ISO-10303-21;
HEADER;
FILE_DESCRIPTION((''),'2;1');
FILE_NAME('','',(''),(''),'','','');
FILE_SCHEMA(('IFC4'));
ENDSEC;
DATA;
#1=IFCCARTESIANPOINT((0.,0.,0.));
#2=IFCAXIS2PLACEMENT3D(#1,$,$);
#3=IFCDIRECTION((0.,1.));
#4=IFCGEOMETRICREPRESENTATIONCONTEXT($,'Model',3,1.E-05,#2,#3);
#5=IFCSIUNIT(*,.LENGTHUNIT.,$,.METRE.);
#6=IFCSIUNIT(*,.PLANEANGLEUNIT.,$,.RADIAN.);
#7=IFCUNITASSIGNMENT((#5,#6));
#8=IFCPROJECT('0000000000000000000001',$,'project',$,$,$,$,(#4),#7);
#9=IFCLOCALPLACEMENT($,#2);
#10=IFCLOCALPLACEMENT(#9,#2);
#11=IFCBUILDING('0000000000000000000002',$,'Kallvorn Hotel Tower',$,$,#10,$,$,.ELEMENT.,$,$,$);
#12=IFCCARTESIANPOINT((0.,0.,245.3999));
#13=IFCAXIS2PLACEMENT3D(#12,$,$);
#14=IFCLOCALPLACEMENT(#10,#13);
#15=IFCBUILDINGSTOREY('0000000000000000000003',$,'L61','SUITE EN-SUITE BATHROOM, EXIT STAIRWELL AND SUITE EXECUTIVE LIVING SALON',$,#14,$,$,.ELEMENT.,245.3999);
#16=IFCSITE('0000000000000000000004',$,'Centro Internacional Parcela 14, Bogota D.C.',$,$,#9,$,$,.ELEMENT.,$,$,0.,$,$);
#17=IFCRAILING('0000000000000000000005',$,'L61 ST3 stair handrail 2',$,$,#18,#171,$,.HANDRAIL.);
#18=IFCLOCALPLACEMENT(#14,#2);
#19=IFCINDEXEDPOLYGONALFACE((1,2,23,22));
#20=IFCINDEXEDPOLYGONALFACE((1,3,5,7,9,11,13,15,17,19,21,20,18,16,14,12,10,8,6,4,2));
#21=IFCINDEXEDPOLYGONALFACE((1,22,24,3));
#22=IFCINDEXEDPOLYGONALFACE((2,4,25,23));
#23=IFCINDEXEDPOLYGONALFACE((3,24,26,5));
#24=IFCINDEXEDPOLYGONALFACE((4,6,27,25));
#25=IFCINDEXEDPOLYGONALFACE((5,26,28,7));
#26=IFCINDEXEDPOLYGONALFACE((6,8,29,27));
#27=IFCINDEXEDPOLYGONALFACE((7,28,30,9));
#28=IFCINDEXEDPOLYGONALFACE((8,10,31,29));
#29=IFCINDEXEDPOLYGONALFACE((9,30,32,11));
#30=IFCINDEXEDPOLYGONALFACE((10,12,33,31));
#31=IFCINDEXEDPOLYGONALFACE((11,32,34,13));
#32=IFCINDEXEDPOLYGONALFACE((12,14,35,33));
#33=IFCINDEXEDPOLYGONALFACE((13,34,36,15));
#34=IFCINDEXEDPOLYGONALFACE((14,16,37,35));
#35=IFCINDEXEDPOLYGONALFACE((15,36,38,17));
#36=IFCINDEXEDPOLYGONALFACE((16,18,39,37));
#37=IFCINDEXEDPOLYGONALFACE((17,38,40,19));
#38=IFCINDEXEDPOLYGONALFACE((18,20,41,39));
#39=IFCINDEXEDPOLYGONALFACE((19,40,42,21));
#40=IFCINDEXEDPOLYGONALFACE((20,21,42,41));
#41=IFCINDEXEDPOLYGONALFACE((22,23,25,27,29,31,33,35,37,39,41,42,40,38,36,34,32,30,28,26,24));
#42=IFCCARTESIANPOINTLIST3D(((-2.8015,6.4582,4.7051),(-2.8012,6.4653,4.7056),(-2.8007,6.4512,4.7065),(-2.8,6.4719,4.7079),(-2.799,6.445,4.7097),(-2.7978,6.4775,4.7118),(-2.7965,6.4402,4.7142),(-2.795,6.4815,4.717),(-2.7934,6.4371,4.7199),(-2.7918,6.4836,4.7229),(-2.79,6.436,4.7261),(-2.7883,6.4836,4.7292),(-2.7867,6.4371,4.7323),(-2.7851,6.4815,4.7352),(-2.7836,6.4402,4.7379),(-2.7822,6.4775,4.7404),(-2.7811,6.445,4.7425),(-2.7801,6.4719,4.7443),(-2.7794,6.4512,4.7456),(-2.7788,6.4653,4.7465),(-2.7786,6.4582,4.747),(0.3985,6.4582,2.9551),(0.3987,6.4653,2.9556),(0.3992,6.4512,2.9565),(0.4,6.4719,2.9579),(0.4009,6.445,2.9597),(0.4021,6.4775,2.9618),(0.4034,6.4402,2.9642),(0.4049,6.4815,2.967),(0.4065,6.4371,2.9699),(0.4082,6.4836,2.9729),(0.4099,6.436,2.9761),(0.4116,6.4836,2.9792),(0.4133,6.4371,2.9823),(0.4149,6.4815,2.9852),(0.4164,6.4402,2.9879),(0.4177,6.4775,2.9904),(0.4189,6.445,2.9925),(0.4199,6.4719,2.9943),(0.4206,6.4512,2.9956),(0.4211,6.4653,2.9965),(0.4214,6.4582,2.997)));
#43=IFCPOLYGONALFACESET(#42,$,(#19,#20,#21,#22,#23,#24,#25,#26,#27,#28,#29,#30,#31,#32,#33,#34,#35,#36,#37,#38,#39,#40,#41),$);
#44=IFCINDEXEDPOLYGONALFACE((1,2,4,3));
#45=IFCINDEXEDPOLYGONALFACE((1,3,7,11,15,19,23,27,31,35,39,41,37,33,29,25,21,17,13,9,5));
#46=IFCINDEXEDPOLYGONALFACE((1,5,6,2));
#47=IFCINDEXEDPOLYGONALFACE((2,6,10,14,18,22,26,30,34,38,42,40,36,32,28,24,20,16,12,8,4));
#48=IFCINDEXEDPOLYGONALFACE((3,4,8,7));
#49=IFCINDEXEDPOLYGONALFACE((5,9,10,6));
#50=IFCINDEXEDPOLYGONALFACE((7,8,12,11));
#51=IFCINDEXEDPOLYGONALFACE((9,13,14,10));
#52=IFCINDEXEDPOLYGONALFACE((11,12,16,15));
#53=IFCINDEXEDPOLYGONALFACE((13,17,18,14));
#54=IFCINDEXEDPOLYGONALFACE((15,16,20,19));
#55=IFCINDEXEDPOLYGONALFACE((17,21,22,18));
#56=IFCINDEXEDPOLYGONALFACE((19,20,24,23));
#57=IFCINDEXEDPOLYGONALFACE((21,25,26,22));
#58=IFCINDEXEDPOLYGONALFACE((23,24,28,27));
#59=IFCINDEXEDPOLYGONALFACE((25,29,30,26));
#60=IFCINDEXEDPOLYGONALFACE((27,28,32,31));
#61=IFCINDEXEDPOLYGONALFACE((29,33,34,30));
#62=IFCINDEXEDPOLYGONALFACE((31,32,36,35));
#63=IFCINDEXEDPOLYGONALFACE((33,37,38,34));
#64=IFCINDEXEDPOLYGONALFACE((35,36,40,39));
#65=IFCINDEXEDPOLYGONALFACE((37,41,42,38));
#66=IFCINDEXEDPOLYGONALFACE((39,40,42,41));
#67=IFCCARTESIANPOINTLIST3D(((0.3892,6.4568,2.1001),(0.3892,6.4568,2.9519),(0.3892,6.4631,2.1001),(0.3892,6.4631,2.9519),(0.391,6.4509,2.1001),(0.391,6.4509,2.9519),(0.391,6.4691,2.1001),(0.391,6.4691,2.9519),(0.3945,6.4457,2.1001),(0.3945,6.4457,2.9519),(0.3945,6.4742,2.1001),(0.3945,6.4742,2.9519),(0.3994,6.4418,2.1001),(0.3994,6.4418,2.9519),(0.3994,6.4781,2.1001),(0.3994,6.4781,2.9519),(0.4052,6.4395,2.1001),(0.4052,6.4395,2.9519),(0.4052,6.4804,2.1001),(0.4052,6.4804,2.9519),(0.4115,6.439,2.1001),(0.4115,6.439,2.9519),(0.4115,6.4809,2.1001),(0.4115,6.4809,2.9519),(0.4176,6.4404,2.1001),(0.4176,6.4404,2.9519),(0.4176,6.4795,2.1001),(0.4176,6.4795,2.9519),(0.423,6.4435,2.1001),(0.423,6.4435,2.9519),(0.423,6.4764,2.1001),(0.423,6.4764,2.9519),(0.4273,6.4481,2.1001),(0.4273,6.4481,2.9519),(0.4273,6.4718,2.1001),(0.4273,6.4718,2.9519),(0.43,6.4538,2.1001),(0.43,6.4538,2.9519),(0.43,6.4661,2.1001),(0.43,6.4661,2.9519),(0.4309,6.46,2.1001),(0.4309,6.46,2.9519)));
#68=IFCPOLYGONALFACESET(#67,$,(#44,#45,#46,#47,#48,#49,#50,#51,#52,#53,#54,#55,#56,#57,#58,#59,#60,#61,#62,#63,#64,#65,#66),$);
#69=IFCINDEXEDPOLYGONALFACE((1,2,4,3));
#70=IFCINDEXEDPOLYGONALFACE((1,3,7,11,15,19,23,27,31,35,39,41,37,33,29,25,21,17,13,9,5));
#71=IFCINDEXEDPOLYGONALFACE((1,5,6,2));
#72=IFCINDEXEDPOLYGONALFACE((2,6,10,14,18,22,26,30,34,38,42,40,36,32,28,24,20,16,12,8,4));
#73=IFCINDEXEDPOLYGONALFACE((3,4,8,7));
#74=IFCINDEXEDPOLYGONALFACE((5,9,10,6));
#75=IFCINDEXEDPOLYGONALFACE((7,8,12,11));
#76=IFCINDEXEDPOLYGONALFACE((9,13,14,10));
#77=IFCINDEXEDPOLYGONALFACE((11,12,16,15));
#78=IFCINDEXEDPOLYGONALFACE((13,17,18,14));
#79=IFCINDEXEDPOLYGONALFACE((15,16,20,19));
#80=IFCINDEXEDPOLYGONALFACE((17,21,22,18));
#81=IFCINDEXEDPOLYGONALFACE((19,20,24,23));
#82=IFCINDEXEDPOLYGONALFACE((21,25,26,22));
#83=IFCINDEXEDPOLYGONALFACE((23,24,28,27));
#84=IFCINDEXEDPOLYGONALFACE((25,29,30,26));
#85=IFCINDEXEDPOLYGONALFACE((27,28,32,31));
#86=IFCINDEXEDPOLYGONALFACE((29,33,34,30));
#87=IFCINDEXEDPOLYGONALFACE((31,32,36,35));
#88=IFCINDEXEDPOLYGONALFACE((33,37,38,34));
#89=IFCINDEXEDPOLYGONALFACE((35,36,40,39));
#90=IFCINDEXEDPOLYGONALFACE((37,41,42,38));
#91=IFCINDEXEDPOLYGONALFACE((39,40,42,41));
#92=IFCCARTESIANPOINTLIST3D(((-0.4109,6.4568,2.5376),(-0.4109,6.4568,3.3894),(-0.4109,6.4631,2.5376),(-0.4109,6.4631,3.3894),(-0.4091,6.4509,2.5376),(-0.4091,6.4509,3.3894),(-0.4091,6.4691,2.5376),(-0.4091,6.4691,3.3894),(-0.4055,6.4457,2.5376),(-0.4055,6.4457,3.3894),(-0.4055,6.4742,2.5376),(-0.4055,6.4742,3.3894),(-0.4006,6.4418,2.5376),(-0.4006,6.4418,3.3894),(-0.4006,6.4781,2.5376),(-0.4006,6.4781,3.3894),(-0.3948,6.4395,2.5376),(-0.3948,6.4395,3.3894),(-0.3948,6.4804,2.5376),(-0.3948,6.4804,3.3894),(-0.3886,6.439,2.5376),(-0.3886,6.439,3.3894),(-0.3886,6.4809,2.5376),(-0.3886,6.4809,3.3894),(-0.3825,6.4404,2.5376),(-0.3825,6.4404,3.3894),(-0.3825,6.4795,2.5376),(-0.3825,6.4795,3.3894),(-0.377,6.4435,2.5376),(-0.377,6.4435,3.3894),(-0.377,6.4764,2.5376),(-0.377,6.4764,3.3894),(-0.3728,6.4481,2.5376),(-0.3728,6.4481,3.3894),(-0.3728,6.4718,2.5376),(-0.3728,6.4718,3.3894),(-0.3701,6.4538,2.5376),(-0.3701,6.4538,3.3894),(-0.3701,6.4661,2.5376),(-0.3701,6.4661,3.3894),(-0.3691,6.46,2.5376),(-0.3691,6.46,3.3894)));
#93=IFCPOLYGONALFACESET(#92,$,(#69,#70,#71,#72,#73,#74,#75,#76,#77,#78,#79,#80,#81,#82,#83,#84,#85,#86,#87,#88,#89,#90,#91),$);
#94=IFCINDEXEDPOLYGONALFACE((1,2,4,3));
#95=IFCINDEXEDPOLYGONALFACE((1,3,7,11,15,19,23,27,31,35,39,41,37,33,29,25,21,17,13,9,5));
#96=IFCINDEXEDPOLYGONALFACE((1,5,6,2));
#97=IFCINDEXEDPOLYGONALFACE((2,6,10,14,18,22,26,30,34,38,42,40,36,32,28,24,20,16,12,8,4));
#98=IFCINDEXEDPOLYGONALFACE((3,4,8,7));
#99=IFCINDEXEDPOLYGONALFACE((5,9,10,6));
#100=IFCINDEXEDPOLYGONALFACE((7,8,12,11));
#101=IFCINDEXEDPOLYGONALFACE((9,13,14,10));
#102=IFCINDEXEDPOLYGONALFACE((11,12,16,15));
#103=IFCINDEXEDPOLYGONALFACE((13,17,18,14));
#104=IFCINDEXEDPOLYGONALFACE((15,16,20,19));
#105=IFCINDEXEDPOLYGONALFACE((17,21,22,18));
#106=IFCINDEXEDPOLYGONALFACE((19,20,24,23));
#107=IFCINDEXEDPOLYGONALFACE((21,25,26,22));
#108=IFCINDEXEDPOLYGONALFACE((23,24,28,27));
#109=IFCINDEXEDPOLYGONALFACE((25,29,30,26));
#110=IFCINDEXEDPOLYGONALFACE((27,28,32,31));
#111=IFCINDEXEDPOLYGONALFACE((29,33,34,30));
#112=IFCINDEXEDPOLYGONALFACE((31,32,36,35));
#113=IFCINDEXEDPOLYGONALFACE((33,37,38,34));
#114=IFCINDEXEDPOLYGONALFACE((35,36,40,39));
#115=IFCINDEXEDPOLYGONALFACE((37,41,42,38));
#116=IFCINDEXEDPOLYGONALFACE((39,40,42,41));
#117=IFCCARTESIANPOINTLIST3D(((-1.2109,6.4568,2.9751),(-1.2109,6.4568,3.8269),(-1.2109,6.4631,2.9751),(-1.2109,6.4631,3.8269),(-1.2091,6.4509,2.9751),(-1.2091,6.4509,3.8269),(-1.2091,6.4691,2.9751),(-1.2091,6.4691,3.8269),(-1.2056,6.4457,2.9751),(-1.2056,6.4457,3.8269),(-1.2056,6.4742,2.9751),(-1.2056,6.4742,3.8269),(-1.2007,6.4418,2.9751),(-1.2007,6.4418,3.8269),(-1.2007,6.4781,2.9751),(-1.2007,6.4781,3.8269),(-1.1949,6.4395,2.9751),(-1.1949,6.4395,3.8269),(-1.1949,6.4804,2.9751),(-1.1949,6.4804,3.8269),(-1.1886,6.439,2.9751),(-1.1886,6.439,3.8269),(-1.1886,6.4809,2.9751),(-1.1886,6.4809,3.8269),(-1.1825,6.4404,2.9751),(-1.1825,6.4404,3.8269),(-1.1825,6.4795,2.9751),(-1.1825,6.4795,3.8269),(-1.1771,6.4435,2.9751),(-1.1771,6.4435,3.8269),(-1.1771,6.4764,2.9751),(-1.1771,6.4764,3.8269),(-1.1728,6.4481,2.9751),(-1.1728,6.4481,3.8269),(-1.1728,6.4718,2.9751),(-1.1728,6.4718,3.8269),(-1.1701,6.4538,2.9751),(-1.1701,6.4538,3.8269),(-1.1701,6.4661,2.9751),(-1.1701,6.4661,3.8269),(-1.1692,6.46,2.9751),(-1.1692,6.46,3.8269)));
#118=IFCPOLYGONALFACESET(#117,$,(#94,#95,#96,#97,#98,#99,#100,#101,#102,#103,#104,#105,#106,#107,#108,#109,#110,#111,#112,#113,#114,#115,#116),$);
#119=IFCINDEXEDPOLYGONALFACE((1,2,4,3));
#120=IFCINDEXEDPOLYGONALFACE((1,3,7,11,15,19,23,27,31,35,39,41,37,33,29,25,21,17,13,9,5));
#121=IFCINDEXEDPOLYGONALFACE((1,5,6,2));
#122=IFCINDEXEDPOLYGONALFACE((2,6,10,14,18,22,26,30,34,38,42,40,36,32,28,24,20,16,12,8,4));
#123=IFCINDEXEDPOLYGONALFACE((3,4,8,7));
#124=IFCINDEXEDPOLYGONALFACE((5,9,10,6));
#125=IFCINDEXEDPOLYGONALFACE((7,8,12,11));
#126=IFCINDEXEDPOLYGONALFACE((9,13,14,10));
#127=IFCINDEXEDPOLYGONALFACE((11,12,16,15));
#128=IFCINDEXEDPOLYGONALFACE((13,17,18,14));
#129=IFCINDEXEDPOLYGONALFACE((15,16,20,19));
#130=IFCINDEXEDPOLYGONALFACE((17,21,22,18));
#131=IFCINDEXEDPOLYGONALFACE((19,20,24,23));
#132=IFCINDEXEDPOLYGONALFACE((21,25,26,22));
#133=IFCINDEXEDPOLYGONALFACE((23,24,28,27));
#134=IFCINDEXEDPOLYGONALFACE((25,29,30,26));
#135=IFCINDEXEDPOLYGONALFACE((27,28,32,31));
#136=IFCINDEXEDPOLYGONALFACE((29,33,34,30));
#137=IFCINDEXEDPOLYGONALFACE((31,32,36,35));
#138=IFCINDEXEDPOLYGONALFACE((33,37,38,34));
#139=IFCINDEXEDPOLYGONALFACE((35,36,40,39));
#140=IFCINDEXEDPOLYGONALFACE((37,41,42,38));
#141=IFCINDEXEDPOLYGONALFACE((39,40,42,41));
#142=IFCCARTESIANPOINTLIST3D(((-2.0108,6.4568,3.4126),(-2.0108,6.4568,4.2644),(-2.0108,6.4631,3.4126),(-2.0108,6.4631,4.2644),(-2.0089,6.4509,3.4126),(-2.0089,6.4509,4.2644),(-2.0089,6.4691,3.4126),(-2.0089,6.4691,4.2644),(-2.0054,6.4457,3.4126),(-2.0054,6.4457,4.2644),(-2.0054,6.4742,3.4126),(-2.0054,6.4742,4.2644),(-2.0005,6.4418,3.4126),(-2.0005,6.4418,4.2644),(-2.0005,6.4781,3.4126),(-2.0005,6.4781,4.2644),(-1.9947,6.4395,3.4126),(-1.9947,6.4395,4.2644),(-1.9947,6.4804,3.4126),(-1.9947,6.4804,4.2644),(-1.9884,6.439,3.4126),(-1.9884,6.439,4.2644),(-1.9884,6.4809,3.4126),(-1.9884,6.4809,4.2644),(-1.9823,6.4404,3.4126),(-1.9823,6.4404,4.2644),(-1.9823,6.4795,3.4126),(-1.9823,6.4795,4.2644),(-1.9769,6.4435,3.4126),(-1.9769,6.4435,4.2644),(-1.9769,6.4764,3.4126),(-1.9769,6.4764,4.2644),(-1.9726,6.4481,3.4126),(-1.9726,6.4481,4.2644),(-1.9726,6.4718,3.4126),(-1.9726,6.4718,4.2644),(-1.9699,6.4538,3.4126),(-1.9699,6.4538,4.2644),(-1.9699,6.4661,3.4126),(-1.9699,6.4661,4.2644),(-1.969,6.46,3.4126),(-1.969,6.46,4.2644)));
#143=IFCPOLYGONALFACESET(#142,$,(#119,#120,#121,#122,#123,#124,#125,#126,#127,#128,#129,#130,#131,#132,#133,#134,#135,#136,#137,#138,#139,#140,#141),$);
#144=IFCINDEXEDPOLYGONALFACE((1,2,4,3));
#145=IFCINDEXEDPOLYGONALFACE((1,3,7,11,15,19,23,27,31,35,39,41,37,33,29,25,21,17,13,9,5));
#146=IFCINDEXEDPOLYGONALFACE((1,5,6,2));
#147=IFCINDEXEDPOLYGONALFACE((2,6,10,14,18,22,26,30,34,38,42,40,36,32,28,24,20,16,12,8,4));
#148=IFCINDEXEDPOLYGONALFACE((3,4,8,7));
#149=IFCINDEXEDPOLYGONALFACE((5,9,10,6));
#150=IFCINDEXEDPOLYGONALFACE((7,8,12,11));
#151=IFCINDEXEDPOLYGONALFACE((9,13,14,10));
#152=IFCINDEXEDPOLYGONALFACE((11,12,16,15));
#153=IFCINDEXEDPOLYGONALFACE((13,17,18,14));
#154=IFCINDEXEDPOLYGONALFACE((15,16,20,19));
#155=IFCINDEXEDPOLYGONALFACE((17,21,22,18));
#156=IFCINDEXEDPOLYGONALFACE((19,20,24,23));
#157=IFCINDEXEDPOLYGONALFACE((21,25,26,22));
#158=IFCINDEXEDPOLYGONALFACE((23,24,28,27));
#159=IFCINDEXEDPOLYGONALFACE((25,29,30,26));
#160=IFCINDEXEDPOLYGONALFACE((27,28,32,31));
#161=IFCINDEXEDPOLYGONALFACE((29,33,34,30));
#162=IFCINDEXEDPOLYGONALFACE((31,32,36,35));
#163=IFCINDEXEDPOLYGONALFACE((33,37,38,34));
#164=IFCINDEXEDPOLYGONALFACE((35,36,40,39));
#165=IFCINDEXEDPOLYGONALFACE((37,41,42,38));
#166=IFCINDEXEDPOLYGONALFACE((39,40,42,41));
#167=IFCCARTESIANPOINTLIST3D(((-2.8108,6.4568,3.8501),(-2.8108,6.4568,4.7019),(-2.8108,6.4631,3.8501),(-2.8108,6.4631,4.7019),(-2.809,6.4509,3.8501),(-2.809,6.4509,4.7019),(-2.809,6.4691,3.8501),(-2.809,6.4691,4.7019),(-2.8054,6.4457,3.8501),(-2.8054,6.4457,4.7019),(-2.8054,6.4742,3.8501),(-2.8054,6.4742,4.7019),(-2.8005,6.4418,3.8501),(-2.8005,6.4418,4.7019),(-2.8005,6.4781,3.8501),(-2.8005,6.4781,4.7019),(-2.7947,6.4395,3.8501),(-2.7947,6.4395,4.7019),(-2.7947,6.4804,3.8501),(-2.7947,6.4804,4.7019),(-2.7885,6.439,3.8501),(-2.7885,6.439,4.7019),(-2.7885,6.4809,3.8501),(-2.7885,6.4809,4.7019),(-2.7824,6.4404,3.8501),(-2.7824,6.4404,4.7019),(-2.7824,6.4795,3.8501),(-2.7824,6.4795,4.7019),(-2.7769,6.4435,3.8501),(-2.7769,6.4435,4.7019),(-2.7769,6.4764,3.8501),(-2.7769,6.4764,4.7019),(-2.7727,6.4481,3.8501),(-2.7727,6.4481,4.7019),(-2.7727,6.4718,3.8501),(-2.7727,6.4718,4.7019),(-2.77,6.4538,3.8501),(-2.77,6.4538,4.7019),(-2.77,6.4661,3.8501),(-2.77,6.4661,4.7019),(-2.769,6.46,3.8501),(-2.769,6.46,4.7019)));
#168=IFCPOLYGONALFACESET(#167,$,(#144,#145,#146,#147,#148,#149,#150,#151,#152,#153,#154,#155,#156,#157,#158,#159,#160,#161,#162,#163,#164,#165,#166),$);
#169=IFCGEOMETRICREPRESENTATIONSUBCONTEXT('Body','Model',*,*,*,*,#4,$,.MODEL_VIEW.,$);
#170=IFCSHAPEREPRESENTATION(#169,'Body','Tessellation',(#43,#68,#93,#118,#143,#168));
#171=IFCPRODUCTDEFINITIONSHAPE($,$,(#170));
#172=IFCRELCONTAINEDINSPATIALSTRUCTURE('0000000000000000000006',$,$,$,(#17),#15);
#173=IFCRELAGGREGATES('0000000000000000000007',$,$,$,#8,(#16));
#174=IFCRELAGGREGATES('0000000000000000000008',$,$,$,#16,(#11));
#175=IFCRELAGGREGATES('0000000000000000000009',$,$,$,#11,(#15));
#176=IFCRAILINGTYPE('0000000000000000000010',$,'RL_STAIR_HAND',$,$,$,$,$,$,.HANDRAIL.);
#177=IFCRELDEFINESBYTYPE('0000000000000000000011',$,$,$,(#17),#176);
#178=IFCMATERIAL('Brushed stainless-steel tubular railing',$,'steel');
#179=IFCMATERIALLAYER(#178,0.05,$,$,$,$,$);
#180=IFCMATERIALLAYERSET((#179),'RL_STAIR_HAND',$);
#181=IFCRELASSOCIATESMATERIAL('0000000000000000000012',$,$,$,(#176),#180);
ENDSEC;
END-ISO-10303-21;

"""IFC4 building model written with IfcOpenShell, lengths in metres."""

from ifc_helpers import new_model, si_unit, direction, frame, origin, origin_2d, place, context, subcontext, project, spatial, circle, extrude, material, layer, layer_set, type_object, element, save


model = new_model("IFC4")

# Units and contexts
model_context = context("Model", 3, precision=1e-05, world=origin(), true_north=direction((0.0, 1.0)))
body_context = subcontext(model_context, "Body", "Model", "MODEL_VIEW")
ifc_project = project(units=[si_unit("LENGTHUNIT", "METRE"), si_unit("PLANEANGLEUNIT", "RADIAN")], contexts=[model_context])

# Site, building, storey
site_placement = place(None, origin())
site = spatial("IfcSite", under=ifc_project, at=site_placement, Name="Centro Internacional Parcela 14, Bogota D.C.", CompositionType="ELEMENT", RefElevation=0.0)
building_placement = place(site_placement, origin())
building = spatial("IfcBuilding", under=site, at=building_placement, Name="Kallvorn Hotel Tower", CompositionType="ELEMENT")
storey_placement = place(building_placement, frame((0.0, 0.0, 245.3999)))
storey = spatial("IfcBuildingStorey", under=building, at=storey_placement, Name="L61", Description="SUITE EN-SUITE BATHROOM, EXIT STAIRWELL AND SUITE EXECUTIVE LIVING SALON", CompositionType="ELEMENT", Elevation=245.3999)

# Railing
ifc_material_1 = material(Name="Brushed stainless-steel tubular railing", Category="steel")
ifc_layer_1 = layer(ifc_material_1, 0.05)
ifc_layer_set_1 = layer_set([ifc_layer_1], Name="RL_STAIR_HAND")
railing_type_1 = type_object("IfcRailingType", Name="RL_STAIR_HAND", PredefinedType="HANDRAIL", material=ifc_layer_set_1)
railing_1_placement = place(storey_placement, frame((0.4099, 6.46, 2.1001)))
element("IfcRailing", 1, at=railing_1_placement, inside=storey, type_object=railing_type_1, Name="L61 ST3 stair handrail 2", PredefinedType="HANDRAIL", context=body_context, shape_type="SweptSolid", body=[
    extrude(circle(Radius=0.0239, at=origin_2d()), frame((0.0, 0.0, 0.876), z_axis=(-0.877368, 0.0, 0.479818), x_axis=(0.0, -1.0, 0.0)), (0.0, 0.0, 1.0), 3.6472),
    extrude(circle(Radius=0.021, at=origin_2d()), origin(), (0.0, 0.0, 1.0), 0.8518),
    extrude(circle(Radius=0.021, at=origin_2d()), frame((-0.8, 0.0, 0.4375)), (0.0, 0.0, 1.0), 0.8518),
    extrude(circle(Radius=0.021, at=origin_2d()), frame((-1.6001, 0.0, 0.875)), (0.0, 0.0, 1.0), 0.8518),
    extrude(circle(Radius=0.021, at=origin_2d()), frame((-2.3999, 0.0, 1.3125)), (0.0, 0.0, 1.0), 0.8518),
    extrude(circle(Radius=0.021, at=origin_2d()), frame((-3.2, 0.0, 1.75)), (0.0, 0.0, 1.0), 0.8518),
])

save(model, "model.ifc")
